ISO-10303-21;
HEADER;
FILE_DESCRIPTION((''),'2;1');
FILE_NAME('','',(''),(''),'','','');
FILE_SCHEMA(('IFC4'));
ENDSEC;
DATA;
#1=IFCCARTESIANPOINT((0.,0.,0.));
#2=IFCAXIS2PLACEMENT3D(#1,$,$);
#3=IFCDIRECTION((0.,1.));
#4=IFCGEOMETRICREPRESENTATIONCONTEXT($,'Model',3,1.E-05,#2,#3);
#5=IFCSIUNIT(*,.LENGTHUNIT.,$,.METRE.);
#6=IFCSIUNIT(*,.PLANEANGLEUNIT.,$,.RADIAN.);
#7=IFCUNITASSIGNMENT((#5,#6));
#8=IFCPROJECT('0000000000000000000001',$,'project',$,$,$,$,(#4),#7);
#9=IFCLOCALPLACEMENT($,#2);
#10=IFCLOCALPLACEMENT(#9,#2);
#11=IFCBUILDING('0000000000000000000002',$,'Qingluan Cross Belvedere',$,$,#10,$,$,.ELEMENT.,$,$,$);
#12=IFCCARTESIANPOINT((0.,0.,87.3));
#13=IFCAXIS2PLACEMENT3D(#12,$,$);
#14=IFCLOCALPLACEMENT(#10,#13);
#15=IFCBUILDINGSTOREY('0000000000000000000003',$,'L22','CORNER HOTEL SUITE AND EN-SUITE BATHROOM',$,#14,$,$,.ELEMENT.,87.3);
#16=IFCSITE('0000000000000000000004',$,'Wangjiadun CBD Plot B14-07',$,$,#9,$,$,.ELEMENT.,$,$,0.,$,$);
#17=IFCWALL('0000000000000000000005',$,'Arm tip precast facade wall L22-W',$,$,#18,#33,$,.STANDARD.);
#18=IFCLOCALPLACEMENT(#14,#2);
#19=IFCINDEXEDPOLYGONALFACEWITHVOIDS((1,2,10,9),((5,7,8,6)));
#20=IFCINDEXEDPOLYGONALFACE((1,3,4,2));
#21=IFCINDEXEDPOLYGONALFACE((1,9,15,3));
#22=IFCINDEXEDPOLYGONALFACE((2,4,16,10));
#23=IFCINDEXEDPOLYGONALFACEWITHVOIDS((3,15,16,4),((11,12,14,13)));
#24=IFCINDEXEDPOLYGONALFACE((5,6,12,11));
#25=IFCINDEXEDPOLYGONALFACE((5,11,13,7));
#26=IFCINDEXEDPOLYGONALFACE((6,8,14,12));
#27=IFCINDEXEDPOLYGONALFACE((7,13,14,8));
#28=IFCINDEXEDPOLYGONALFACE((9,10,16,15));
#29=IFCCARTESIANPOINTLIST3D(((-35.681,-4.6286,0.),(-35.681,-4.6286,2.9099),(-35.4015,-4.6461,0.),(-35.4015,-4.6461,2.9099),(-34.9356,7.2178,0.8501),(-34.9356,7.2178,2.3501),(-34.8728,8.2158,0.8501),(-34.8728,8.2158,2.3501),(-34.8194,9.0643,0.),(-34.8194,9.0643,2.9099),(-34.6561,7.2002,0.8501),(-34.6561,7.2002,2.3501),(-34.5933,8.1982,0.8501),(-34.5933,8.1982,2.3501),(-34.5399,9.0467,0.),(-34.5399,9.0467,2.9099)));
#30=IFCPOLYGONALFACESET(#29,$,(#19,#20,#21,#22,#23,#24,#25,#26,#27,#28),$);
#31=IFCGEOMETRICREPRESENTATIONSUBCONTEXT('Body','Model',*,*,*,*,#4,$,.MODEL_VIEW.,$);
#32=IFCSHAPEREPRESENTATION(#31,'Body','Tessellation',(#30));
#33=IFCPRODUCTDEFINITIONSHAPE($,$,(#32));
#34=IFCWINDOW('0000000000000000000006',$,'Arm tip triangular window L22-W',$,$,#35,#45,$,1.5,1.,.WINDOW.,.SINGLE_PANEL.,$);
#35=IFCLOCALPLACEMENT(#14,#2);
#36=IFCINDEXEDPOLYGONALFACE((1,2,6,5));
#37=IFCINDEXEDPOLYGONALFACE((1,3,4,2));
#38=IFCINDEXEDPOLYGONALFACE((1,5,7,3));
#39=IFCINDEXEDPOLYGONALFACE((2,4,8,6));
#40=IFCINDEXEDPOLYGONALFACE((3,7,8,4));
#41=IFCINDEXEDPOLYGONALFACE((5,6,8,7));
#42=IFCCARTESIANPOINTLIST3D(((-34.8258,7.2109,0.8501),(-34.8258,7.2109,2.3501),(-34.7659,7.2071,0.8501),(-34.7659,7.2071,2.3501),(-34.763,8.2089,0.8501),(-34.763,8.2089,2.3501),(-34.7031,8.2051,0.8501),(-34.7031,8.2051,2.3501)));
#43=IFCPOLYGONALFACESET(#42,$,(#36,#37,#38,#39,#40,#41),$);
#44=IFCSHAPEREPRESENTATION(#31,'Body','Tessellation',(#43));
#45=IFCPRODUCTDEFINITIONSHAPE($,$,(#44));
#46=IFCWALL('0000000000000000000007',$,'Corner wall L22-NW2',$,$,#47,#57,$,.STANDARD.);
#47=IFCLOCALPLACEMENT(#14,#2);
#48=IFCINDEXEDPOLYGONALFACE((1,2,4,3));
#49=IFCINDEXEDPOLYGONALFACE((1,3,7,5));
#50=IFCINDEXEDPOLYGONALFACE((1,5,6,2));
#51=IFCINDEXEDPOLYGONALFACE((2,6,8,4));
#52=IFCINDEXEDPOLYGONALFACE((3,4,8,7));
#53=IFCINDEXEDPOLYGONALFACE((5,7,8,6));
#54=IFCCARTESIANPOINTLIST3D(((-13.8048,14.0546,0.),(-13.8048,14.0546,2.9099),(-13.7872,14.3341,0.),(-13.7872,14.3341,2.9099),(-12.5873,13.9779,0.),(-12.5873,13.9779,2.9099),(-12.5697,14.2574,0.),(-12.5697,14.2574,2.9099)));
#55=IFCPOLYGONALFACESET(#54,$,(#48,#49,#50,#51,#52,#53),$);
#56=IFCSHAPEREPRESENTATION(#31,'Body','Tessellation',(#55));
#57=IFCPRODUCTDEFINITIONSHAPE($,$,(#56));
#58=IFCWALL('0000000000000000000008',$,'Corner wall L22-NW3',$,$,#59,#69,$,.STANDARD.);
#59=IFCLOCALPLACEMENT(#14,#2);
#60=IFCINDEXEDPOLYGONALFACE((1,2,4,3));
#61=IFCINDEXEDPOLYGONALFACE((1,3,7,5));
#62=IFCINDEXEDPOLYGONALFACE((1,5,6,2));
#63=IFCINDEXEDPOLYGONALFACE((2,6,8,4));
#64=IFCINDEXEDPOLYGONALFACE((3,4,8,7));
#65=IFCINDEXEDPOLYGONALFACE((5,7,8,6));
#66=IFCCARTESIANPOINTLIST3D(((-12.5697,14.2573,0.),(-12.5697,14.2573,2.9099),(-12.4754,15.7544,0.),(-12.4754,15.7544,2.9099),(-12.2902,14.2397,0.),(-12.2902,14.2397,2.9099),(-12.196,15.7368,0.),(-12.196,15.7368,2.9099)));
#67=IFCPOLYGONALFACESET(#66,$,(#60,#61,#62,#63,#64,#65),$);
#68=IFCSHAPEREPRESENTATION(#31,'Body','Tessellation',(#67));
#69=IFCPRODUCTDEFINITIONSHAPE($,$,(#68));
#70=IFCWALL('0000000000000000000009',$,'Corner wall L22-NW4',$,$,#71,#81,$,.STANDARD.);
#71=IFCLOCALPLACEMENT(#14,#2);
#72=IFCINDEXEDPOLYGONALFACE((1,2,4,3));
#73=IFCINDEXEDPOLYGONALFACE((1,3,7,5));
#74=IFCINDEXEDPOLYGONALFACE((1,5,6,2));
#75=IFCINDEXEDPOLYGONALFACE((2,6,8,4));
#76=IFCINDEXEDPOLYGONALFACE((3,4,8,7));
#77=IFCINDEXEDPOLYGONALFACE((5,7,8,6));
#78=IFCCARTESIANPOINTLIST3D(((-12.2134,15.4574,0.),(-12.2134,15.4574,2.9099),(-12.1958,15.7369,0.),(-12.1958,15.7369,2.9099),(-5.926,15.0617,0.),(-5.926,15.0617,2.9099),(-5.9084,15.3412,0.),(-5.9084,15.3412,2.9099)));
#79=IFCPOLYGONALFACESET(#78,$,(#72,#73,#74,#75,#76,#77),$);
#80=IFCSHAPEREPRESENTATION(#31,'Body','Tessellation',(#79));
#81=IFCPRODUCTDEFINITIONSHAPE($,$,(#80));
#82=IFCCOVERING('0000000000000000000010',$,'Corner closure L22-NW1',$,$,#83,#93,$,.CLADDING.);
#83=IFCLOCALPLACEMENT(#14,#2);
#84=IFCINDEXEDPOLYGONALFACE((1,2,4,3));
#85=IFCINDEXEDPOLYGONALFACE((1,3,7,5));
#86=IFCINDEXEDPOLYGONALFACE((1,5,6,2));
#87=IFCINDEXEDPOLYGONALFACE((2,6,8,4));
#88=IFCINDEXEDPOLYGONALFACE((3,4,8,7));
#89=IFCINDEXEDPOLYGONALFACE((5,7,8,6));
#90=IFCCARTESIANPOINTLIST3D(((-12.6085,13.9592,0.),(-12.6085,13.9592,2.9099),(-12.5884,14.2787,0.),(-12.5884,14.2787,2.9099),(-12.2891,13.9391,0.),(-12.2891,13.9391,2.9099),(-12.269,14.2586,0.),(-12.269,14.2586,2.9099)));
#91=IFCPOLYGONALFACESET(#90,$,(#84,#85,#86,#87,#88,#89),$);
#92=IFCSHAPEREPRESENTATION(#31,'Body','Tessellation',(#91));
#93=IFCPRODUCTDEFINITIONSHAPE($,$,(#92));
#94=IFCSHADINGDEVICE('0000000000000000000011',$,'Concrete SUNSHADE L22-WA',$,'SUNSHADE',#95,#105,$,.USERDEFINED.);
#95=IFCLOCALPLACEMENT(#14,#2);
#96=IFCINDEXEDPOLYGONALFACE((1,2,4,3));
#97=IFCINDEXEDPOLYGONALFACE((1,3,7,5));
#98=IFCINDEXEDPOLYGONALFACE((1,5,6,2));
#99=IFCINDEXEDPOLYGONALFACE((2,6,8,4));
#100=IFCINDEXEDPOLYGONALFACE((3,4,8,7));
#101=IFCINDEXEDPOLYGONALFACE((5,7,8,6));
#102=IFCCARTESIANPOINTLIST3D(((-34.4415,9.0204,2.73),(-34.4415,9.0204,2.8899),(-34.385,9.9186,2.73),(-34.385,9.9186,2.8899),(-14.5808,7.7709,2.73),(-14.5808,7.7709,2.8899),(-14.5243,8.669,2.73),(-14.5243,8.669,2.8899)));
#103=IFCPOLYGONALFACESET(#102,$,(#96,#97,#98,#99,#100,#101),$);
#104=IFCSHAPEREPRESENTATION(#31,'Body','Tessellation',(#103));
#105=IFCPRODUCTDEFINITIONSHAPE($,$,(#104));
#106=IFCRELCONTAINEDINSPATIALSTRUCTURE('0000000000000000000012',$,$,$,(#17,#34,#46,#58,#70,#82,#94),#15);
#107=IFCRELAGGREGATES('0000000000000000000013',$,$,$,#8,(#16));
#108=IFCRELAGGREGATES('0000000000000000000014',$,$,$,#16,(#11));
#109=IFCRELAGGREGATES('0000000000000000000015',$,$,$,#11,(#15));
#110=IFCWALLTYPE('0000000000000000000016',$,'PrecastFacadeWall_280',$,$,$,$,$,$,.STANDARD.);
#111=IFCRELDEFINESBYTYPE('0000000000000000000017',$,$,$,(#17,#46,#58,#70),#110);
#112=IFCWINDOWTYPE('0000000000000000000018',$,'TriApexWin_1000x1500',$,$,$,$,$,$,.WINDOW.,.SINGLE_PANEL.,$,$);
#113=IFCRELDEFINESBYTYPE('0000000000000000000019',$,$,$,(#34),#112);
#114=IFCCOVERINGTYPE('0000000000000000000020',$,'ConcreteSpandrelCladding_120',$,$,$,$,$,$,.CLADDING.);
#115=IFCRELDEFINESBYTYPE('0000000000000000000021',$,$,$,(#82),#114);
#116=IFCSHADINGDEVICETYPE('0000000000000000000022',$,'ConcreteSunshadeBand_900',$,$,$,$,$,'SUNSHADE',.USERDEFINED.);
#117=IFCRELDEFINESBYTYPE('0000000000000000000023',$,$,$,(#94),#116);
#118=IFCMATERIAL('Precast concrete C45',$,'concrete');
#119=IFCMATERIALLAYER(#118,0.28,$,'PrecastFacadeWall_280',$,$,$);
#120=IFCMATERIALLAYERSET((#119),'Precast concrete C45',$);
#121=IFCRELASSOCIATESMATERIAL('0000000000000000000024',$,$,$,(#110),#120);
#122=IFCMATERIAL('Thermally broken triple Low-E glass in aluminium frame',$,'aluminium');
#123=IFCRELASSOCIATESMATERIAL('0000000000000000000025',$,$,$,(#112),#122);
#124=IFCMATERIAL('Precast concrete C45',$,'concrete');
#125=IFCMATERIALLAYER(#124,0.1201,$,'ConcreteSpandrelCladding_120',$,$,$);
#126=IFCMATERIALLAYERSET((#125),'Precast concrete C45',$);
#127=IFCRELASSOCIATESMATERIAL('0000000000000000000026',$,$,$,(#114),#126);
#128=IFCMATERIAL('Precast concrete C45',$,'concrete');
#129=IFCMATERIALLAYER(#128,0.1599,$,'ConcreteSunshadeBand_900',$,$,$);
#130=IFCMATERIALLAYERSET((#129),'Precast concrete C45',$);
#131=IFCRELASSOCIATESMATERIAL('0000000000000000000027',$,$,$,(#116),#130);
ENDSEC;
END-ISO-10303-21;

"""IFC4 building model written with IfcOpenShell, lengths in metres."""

from ifc_helpers import new_model, si_unit, direction, frame, frame_2d, origin, origin_2d, place, context, subcontext, project, spatial, rectangle, extrude, material, layer, layer_set, type_object, element, fill, save


model = new_model("IFC4")

# Units and contexts
model_context = context("Model", 3, precision=1e-05, world=origin(), true_north=direction((0.0, 1.0)))
body_context = subcontext(model_context, "Body", "Model", "MODEL_VIEW")
ifc_project = project(units=[si_unit("LENGTHUNIT", "METRE"), si_unit("PLANEANGLEUNIT", "RADIAN")], contexts=[model_context])

# Site, building, storey
site_placement = place(None, origin())
site = spatial("IfcSite", under=ifc_project, at=site_placement, Name="Wangjiadun CBD Plot B14-07", CompositionType="ELEMENT", RefElevation=0.0)
building_placement = place(site_placement, origin())
building = spatial("IfcBuilding", under=site, at=building_placement, Name="Qingluan Cross Belvedere", CompositionType="ELEMENT")
storey_placement = place(building_placement, frame((0.0, 0.0, 87.3)))
storey = spatial("IfcBuildingStorey", under=building, at=storey_placement, Name="L22", Description="CORNER HOTEL SUITE AND EN-SUITE BATHROOM", CompositionType="ELEMENT", Elevation=87.3)

# Wall, opening, window
ifc_material_1 = material(Name="Precast concrete C45", Category="concrete")
ifc_layer_1 = layer(ifc_material_1, 0.28, Name="PrecastFacadeWall_280")
ifc_layer_set_1 = layer_set([ifc_layer_1], Name="Precast concrete C45")
wall_type_1 = type_object("IfcWallType", Name="PrecastFacadeWall_280", PredefinedType="STANDARD", material=ifc_layer_set_1)
wall_1_placement = place(storey_placement, frame((-34.6797, 9.0554, 0.0), z_axis=(0.0, 0.0, 1.0), x_axis=(-0.062797, -0.998026, 0.0)))
wall_1 = element("IfcWall", 1, at=wall_1_placement, inside=storey, type_object=wall_type_1, Name="Arm tip precast facade wall L22-W", PredefinedType="STANDARD", context=body_context, shape_type="SweptSolid", body=[
    extrude(rectangle(XDim=13.72, YDim=0.28, at=frame_2d((6.8599, 0.0))), origin(), (0.0, 0.0, 1.0), 2.9099),
])
opening_1_placement = place(wall_1_placement, frame((0.8501, 0.0, 0.8501)))
opening_1 = element("IfcOpeningElement", 2, at=opening_1_placement, cuts=wall_1, PredefinedType="OPENING", context=body_context, shape_type="SweptSolid", body=[
    extrude(rectangle(XDim=1.0, YDim=1.5, at=frame_2d((0.5, 0.75))), frame((0.0, 0.1499, 0.0), z_axis=(0.0, -1.0, 0.0), x_axis=(1.0, 0.0, 0.0)), (0.0, 0.0, 1.0), 0.3),
])
ifc_material_2 = material(Name="Thermally broken triple Low-E glass in aluminium frame", Category="aluminium")
window_type = type_object("IfcWindowType", Name="TriApexWin_1000x1500", PartitioningType="SINGLE_PANEL", PredefinedType="WINDOW", material=ifc_material_2)
window_placement = place(opening_1_placement, origin())
window = element("IfcWindow", 3, at=window_placement, inside=storey, type_object=window_type, Name="Arm tip triangular window L22-W", OverallHeight=1.5, OverallWidth=1.0, PartitioningType="SINGLE_PANEL", PredefinedType="WINDOW", context=body_context, shape_type="SweptSolid", body=[
    extrude(rectangle(XDim=1.0, YDim=1.5, at=frame_2d((0.5, 0.75))), frame((0.0, 0.03, 0.0), z_axis=(0.0, -1.0, 0.0), x_axis=(1.0, 0.0, 0.0)), (0.0, 0.0, 1.0), 0.0601),
])
fill(opening_1, window)

# Walls
wall_2_placement = place(storey_placement, frame((-13.7959, 14.1943, 0.0), z_axis=(0.0, 0.0, 1.0), x_axis=(0.998024, -0.062839, 0.0)))
element("IfcWall", 4, at=wall_2_placement, inside=storey, type_object=wall_type_1, Name="Corner wall L22-NW2", PredefinedType="STANDARD", context=body_context, shape_type="SweptSolid", body=[
    extrude(rectangle(XDim=1.22, YDim=0.28, at=frame_2d((0.6099, 0.0))), origin(), (0.0, 0.0, 1.0), 2.9099),
])
wall_3_placement = place(storey_placement, frame((-12.4299, 14.2485, 0.0), z_axis=(0.0, 0.0, 1.0), x_axis=(0.062824, 0.998025, 0.0)))
element("IfcWall", 5, at=wall_3_placement, inside=storey, type_object=wall_type_1, Name="Corner wall L22-NW3", PredefinedType="STANDARD", context=body_context, shape_type="SweptSolid", body=[
    extrude(rectangle(XDim=1.5, YDim=0.28, at=frame_2d((0.75, 0.0))), origin(), (0.0, 0.0, 1.0), 2.9099),
])
wall_4_placement = place(storey_placement, frame((-12.2046, 15.5972, 0.0), z_axis=(0.0, 0.0, 1.0), x_axis=(0.998025, -0.06282, 0.0)))
element("IfcWall", 6, at=wall_4_placement, inside=storey, type_object=wall_type_1, Name="Corner wall L22-NW4", PredefinedType="STANDARD", context=body_context, shape_type="SweptSolid", body=[
    extrude(rectangle(XDim=6.2998, YDim=0.28, at=frame_2d((3.1499, 0.0))), origin(), (0.0, 0.0, 1.0), 2.9099),
])

# Covering
ifc_material_3 = material(Name="Precast concrete C45", Category="concrete")
ifc_layer_2 = layer(ifc_material_3, 0.1201, Name="ConcreteSpandrelCladding_120")
ifc_layer_set_2 = layer_set([ifc_layer_2], Name="Precast concrete C45")
covering_type_1 = type_object("IfcCoveringType", Name="ConcreteSpandrelCladding_120", PredefinedType="CLADDING", material=ifc_layer_set_2)
covering_1_placement = place(storey_placement, frame((-12.4387, 14.1089, 0.0), z_axis=(0.0, 0.0, 1.0), x_axis=(0.998027, -0.062791, 0.0)))
element("IfcCovering", 7, at=covering_1_placement, inside=storey, type_object=covering_type_1, Name="Corner closure L22-NW1", PredefinedType="CLADDING", context=body_context, shape_type="SweptSolid", body=[
    extrude(rectangle(XDim=0.3201, YDim=0.3201, at=origin_2d()), origin(), (0.0, 0.0, 1.0), 2.9099),
])

# Shading device
ifc_material_4 = material(Name="Precast concrete C45", Category="concrete")
ifc_layer_3 = layer(ifc_material_4, 0.1599, Name="ConcreteSunshadeBand_900")
ifc_layer_set_3 = layer_set([ifc_layer_3], Name="Precast concrete C45")
shading_device_type = type_object("IfcShadingDeviceType", Name="ConcreteSunshadeBand_900", ElementType="SUNSHADE", PredefinedType="USERDEFINED", material=ifc_layer_set_3)
shading_device_placement = place(storey_placement, frame((-24.4829, 8.8447, 2.73), z_axis=(0.0, 0.0, 1.0), x_axis=(-0.998027, 0.062791, 0.0)))
element("IfcShadingDevice", 8, at=shading_device_placement, inside=storey, type_object=shading_device_type, Name="Concrete SUNSHADE L22-WA", ObjectType="SUNSHADE", PredefinedType="USERDEFINED", context=body_context, shape_type="SweptSolid", body=[
    extrude(rectangle(XDim=19.8999, YDim=0.8999, at=origin_2d()), origin(), (0.0, 0.0, 1.0), 0.1599),
])

save(model, "model.ifc")
